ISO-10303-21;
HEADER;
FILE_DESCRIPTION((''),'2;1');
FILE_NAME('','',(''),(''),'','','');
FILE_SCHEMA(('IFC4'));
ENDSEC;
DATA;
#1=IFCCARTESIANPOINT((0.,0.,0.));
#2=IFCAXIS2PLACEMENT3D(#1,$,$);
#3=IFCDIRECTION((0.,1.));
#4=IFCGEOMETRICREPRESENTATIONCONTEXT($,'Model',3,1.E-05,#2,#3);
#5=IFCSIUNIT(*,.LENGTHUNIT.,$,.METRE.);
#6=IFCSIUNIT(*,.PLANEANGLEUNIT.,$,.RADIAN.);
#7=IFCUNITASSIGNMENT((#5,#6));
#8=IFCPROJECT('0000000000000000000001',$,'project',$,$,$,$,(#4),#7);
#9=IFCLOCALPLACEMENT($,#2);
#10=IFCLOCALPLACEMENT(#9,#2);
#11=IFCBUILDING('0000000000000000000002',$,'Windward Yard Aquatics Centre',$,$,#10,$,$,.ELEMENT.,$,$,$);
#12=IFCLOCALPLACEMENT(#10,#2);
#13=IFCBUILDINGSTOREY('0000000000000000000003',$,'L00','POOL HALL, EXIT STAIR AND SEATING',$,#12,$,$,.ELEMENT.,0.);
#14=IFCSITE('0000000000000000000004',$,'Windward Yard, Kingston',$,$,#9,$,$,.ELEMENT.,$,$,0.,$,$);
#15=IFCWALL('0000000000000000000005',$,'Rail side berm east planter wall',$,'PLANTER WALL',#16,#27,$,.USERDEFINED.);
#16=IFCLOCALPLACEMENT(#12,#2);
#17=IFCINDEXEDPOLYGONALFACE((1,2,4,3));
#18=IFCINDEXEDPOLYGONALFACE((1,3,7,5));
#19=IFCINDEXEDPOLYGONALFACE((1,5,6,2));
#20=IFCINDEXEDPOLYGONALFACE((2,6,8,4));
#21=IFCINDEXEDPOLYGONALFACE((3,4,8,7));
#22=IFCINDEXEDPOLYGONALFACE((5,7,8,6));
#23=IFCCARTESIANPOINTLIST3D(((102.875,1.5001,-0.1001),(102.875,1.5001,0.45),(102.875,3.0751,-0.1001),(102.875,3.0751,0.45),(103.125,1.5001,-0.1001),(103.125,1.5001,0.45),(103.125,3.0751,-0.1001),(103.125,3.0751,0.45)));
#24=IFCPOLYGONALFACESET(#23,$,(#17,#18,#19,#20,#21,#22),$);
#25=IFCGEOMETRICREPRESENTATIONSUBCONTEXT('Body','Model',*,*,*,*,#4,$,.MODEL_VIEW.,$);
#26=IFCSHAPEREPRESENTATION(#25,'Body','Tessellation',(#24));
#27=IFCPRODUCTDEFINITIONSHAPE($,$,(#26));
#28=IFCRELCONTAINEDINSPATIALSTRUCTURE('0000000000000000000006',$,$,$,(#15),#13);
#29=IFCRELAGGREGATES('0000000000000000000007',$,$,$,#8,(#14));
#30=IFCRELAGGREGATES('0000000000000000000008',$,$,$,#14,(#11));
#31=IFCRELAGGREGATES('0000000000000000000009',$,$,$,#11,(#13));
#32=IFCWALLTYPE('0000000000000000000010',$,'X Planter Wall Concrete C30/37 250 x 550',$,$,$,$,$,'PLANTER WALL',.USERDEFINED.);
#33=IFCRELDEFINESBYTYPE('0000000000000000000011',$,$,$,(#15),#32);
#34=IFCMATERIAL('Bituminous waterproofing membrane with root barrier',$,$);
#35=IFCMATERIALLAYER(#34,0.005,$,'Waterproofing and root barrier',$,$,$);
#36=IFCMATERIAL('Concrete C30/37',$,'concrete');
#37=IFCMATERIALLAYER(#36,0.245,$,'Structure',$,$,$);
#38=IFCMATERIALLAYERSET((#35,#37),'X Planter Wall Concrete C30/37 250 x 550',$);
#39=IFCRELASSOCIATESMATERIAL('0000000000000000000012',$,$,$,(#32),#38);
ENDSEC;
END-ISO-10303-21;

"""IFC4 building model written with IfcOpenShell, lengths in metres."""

from ifc_helpers import new_model, si_unit, direction, frame, frame_2d, origin, place, context, subcontext, project, spatial, rectangle, extrude, material, layer, layer_set, type_object, element, save


model = new_model("IFC4")

# Units and contexts
model_context = context("Model", 3, precision=1e-05, world=origin(), true_north=direction((0.0, 1.0)))
body_context = subcontext(model_context, "Body", "Model", "MODEL_VIEW")
ifc_project = project(units=[si_unit("LENGTHUNIT", "METRE"), si_unit("PLANEANGLEUNIT", "RADIAN")], contexts=[model_context])

# Site, building, storey
site_placement = place(None, origin())
site = spatial("IfcSite", under=ifc_project, at=site_placement, Name="Windward Yard, Kingston", CompositionType="ELEMENT", RefElevation=0.0)
building_placement = place(site_placement, origin())
building = spatial("IfcBuilding", under=site, at=building_placement, Name="Windward Yard Aquatics Centre", CompositionType="ELEMENT")
storey_placement = place(building_placement, origin())
storey = spatial("IfcBuildingStorey", under=building, at=storey_placement, Name="L00", Description="POOL HALL, EXIT STAIR AND SEATING", CompositionType="ELEMENT", Elevation=0.0)

# Wall
ifc_material_1 = material(Name="Bituminous waterproofing membrane with root barrier")
ifc_layer_1 = layer(ifc_material_1, 0.005, Name="Waterproofing and root barrier")
ifc_material_2 = material(Name="Concrete C30/37", Category="concrete")
ifc_layer_2 = layer(ifc_material_2, 0.245, Name="Structure")
ifc_layer_set_1 = layer_set([ifc_layer_1, ifc_layer_2], Name="X Planter Wall Concrete C30/37 250 x 550")
wall_type_1 = type_object("IfcWallType", Name="X Planter Wall Concrete C30/37 250 x 550", ElementType="PLANTER WALL", PredefinedType="USERDEFINED", material=ifc_layer_set_1)
wall_1_placement = place(storey_placement, frame((103.0, 1.5, -0.1001), z_axis=(0.0, 0.0, 1.0), x_axis=(0.0, 1.0, 0.0)))
element("IfcWall", 1, at=wall_1_placement, inside=storey, type_object=wall_type_1, Name="Rail side berm east planter wall", ObjectType="PLANTER WALL", PredefinedType="USERDEFINED", context=body_context, shape_type="SweptSolid", body=[
    extrude(rectangle(XDim=1.575, YDim=0.25, at=frame_2d((0.7876, 0.0))), origin(), (0.0, 0.0, 1.0), 0.55),
])

save(model, "model.ifc")
